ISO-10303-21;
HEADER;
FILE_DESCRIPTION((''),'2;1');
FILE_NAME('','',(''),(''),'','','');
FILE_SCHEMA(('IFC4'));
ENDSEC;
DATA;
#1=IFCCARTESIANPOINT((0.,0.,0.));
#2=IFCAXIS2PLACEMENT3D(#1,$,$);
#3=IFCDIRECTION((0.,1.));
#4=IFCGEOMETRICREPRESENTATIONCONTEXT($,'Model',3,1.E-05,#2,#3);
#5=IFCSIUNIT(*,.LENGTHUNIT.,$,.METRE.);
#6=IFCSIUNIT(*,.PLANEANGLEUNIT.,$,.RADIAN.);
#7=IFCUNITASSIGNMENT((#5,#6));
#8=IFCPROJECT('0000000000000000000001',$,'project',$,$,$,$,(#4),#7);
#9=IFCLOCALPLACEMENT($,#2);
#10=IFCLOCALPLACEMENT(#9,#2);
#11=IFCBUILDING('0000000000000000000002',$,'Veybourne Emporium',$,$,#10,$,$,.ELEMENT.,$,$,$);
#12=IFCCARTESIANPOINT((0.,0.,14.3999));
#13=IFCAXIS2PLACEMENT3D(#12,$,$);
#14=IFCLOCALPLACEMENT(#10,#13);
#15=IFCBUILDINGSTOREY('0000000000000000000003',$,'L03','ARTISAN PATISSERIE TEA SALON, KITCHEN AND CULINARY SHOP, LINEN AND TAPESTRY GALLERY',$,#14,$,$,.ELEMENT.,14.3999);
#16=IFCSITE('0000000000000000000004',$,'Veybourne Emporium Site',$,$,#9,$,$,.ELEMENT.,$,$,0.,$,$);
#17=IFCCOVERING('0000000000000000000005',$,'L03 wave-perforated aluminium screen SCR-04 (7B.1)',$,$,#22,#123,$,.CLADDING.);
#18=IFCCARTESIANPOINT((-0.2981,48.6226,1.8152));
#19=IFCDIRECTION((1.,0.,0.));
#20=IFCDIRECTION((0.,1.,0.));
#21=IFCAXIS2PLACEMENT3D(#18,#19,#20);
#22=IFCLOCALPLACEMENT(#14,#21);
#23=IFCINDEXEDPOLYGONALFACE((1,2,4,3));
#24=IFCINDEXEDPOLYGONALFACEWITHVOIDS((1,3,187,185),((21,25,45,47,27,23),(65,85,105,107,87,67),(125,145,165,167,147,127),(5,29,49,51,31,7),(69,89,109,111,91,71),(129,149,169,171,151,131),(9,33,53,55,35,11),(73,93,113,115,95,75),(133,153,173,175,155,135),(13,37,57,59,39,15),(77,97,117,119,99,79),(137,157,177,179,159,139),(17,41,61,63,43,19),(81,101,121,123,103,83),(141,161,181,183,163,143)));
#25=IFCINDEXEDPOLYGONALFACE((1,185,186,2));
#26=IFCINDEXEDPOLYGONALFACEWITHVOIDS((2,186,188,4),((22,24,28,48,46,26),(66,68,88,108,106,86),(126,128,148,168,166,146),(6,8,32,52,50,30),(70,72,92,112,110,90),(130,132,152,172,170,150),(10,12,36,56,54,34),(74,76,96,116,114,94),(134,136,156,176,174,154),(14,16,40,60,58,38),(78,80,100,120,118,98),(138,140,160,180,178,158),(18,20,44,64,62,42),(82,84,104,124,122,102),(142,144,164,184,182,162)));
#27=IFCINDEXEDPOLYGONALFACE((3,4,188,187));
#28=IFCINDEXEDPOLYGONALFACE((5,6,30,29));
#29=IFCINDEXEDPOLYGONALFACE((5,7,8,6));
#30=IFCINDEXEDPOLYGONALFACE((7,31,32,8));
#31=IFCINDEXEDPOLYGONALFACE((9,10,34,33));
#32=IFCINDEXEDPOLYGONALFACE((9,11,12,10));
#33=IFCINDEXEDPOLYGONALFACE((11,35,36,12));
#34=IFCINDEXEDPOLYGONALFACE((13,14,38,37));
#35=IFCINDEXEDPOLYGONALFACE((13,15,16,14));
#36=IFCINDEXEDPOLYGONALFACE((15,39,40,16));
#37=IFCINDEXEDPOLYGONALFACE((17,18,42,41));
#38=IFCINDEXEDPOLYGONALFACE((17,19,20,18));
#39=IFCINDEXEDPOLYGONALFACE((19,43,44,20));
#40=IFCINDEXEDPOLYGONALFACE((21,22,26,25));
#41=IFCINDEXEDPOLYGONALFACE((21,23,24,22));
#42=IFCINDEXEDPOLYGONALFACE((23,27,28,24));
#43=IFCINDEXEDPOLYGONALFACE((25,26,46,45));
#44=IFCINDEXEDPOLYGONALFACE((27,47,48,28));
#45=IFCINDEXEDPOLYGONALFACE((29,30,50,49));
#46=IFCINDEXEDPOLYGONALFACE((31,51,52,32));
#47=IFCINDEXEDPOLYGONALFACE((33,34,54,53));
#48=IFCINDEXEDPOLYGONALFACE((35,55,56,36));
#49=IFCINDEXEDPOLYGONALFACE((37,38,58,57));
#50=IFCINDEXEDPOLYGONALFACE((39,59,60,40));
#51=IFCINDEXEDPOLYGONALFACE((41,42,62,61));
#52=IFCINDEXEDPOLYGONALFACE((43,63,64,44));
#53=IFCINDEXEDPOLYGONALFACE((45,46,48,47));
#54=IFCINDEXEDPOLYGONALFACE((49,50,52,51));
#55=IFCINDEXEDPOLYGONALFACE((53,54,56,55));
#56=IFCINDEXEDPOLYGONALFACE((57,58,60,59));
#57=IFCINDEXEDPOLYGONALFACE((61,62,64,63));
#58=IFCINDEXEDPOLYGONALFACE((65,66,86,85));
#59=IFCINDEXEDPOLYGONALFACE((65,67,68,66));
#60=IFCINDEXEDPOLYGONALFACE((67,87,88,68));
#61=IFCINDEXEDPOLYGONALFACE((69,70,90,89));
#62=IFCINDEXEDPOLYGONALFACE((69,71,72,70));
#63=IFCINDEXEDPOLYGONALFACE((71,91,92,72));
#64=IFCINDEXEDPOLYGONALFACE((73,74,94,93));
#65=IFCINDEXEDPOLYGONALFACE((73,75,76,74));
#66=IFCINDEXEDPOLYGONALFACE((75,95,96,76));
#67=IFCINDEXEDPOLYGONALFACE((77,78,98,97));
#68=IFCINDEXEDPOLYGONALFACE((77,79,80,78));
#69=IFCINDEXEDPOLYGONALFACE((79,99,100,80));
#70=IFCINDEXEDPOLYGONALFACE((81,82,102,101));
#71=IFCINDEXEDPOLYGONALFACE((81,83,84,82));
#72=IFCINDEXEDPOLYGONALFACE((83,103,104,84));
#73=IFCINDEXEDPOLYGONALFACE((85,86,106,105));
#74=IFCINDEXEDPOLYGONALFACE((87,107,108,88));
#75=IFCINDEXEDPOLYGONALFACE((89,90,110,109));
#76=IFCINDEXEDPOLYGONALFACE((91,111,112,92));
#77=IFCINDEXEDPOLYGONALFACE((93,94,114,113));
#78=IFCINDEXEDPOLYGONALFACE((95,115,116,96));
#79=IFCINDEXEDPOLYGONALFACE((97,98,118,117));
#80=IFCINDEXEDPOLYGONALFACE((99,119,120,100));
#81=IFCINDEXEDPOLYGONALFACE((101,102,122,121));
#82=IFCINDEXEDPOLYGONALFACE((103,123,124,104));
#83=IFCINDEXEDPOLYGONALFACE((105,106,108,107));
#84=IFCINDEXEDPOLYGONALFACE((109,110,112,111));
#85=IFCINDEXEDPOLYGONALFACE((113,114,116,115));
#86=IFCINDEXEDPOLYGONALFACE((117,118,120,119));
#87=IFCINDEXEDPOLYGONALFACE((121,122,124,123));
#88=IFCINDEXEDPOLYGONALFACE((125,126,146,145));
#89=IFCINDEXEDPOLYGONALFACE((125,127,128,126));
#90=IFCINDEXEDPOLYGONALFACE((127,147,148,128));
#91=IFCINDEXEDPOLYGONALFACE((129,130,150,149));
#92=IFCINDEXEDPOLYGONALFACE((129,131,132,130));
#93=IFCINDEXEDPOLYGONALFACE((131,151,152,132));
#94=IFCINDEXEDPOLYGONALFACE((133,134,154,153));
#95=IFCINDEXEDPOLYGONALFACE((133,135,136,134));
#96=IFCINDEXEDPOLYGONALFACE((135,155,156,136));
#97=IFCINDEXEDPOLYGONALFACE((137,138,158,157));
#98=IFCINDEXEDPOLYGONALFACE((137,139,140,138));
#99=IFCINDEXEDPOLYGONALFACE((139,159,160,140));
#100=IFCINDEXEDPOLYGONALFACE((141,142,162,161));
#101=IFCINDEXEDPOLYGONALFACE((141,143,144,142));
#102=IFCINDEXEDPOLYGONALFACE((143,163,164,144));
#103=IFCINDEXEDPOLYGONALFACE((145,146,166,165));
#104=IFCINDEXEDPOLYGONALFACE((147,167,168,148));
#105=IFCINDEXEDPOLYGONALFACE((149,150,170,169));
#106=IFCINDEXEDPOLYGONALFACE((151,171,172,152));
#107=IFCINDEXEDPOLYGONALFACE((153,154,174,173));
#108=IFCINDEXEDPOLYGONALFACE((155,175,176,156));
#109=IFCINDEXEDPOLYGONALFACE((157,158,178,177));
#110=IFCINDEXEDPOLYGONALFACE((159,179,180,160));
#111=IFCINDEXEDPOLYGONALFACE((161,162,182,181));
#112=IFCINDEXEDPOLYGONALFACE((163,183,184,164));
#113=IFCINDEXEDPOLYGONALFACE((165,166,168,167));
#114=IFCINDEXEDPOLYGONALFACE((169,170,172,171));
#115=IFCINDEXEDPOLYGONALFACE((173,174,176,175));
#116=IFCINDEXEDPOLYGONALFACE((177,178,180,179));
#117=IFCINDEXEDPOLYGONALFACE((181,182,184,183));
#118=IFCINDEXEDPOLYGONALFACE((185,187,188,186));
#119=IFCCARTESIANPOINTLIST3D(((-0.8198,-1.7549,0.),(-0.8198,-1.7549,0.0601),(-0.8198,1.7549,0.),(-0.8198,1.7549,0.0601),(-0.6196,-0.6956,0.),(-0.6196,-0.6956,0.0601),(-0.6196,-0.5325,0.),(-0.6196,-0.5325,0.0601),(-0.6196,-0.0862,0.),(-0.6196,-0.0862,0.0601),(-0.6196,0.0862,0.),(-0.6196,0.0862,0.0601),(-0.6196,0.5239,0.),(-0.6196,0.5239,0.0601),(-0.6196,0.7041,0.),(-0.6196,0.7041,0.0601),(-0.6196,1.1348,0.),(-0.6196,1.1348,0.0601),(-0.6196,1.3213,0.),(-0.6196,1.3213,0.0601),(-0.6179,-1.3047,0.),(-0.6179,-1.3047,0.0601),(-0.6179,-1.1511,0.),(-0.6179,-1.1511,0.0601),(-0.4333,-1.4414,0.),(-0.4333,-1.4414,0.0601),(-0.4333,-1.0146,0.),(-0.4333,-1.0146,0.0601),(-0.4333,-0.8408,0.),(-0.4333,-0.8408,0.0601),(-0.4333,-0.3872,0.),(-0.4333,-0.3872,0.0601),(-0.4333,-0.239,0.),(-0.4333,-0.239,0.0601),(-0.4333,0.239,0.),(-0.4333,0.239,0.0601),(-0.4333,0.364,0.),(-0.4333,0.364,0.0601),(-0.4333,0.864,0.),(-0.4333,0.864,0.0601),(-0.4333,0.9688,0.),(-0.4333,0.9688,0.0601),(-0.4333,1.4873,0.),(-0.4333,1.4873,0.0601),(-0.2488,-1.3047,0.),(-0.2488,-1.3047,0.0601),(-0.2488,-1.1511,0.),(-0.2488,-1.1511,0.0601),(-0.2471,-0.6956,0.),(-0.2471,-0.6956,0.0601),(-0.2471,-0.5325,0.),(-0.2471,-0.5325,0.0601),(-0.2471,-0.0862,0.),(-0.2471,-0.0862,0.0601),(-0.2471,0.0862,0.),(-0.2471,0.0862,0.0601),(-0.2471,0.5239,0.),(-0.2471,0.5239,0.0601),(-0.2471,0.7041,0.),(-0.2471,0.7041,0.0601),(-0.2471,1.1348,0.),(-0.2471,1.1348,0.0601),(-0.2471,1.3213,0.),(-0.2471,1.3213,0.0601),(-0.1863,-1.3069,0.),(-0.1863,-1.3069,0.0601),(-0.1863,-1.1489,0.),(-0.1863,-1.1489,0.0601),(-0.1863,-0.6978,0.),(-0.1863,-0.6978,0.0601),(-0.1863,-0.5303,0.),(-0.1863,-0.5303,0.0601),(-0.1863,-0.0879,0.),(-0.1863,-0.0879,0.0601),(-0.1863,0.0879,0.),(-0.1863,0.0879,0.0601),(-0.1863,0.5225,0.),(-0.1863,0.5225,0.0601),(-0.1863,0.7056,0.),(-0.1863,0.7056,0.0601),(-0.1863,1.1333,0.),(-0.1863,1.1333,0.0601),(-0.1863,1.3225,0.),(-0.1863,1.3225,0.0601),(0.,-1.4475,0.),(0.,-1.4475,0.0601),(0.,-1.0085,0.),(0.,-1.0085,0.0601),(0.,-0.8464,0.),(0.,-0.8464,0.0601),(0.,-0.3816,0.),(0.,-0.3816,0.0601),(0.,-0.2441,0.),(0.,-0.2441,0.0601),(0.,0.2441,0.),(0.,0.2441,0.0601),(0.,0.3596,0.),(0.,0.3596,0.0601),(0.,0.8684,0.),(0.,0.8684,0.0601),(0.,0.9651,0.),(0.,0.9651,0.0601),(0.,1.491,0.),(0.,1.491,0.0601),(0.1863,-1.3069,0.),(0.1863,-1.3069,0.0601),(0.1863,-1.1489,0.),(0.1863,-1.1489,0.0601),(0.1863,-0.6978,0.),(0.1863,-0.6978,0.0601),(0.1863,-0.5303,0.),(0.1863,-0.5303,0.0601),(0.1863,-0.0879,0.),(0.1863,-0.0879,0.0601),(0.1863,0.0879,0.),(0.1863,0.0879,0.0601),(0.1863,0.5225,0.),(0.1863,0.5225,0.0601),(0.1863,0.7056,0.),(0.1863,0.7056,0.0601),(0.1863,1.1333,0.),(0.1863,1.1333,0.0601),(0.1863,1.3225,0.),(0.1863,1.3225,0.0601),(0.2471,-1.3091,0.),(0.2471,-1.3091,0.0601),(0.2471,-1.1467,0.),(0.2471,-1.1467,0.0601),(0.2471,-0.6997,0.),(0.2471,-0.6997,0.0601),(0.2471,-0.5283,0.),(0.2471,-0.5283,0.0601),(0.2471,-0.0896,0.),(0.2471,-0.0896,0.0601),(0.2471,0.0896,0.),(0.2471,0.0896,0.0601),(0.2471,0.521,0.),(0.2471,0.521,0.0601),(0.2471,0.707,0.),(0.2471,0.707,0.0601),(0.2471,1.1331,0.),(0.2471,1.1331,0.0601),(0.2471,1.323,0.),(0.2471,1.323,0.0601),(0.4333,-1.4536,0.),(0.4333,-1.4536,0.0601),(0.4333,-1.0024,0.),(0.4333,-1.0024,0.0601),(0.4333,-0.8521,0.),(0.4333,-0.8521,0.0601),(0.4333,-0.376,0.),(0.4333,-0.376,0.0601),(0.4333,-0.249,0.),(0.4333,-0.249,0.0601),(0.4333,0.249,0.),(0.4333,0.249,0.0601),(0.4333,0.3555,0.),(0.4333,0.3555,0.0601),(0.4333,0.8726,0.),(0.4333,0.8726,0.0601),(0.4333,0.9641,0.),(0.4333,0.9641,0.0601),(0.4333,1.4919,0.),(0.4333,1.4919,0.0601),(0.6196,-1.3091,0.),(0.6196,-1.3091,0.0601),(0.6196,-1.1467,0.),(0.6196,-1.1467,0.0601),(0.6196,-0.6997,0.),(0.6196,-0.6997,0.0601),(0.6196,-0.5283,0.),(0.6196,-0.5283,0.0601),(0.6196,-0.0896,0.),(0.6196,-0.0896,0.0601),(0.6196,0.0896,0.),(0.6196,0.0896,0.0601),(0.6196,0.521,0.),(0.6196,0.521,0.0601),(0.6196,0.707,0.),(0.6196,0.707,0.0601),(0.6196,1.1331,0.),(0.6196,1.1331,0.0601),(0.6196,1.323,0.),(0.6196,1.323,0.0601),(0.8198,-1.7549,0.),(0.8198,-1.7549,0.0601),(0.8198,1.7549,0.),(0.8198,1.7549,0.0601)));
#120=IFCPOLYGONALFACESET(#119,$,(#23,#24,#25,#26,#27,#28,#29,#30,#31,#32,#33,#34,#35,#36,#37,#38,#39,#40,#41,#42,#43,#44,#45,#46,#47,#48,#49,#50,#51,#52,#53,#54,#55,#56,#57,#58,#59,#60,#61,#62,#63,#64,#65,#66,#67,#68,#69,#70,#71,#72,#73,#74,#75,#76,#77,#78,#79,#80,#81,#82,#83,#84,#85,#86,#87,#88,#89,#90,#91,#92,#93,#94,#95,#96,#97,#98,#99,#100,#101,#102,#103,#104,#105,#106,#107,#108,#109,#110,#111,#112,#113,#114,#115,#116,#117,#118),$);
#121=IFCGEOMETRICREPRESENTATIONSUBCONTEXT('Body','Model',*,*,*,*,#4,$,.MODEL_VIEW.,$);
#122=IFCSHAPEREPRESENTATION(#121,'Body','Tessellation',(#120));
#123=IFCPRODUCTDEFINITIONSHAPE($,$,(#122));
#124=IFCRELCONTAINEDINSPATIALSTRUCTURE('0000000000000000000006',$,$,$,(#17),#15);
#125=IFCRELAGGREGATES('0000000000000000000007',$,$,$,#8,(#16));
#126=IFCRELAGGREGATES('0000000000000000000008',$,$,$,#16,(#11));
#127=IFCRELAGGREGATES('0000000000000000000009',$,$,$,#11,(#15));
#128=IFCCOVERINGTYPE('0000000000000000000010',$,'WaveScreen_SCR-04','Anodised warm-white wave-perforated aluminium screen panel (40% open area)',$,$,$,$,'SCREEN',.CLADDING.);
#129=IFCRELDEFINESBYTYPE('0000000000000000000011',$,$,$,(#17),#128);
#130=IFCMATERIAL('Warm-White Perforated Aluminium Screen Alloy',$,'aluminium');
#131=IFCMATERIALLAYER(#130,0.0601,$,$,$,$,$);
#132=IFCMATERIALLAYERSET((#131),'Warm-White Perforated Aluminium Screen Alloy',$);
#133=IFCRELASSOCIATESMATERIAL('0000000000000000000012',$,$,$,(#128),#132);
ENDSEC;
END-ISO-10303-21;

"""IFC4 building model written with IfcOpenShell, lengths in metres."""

from ifc_helpers import new_model, si_unit, direction, frame, origin, place, context, subcontext, project, spatial, polyline, outline, extrude, material, layer, layer_set, type_object, element, save


model = new_model("IFC4")

# Units and contexts
model_context = context("Model", 3, precision=1e-05, world=origin(), true_north=direction((0.0, 1.0)))
body_context = subcontext(model_context, "Body", "Model", "MODEL_VIEW")
ifc_project = project(units=[si_unit("LENGTHUNIT", "METRE"), si_unit("PLANEANGLEUNIT", "RADIAN")], contexts=[model_context])

# Site, building, storey
site_placement = place(None, origin())
site = spatial("IfcSite", under=ifc_project, at=site_placement, Name="Veybourne Emporium Site", CompositionType="ELEMENT", RefElevation=0.0)
building_placement = place(site_placement, origin())
building = spatial("IfcBuilding", under=site, at=building_placement, Name="Veybourne Emporium", CompositionType="ELEMENT")
storey_placement = place(building_placement, frame((0.0, 0.0, 14.3999)))
storey = spatial("IfcBuildingStorey", under=building, at=storey_placement, Name="L03", Description="ARTISAN PATISSERIE TEA SALON, KITCHEN AND CULINARY SHOP, LINEN AND TAPESTRY GALLERY", CompositionType="ELEMENT", Elevation=14.3999)

# Covering
ifc_material_1 = material(Name="Warm-White Perforated Aluminium Screen Alloy", Category="aluminium")
ifc_layer_1 = layer(ifc_material_1, 0.0601)
ifc_layer_set_1 = layer_set([ifc_layer_1], Name="Warm-White Perforated Aluminium Screen Alloy")
covering_type = type_object("IfcCoveringType", Name="WaveScreen_SCR-04", Description="Anodised warm-white wave-perforated aluminium screen panel (40% open area)", ElementType="SCREEN", PredefinedType="CLADDING", material=ifc_layer_set_1)
covering_1_placement = place(storey_placement, frame((-0.2981, 48.6226, 1.8152), z_axis=(1.0, 0.0, 0.0), x_axis=(0.0, 1.0, 0.0)))
element("IfcCovering", 1, at=covering_1_placement, inside=storey, type_object=covering_type, Name="L03 wave-perforated aluminium screen SCR-04 (7B.1)", PredefinedType="CLADDING", context=body_context, shape_type="SweptSolid", body=[
    extrude(outline(polyline([(-0.8198, -1.7549), (0.8198, -1.7549), (0.8198, 1.7549), (-0.8198, 1.7549), (-0.8198, -1.7549)]), holes=[polyline([(-0.4333, -1.0146), (-0.2488, -1.1511), (-0.2488, -1.3047), (-0.4333, -1.4414), (-0.6179, -1.3047), (-0.6179, -1.1511), (-0.4333, -1.0146)]), polyline([(-0.4333, -0.3872), (-0.2471, -0.5325), (-0.2471, -0.6956), (-0.4333, -0.8408), (-0.6196, -0.6956), (-0.6196, -0.5325), (-0.4333, -0.3872)]), polyline([(-0.4333, 0.239), (-0.2471, 0.0862), (-0.2471, -0.0862), (-0.4333, -0.239), (-0.6196, -0.0862), (-0.6196, 0.0862), (-0.4333, 0.239)]), polyline([(-0.4333, 0.864), (-0.2471, 0.7041), (-0.2471, 0.5239), (-0.4333, 0.364), (-0.6196, 0.5239), (-0.6196, 0.7041), (-0.4333, 0.864)]), polyline([(-0.4333, 1.4873), (-0.2471, 1.3213), (-0.2471, 1.1348), (-0.4333, 0.9688), (-0.6196, 1.1348), (-0.6196, 1.3213), (-0.4333, 1.4873)]), polyline([(0.0, -1.0085), (0.1863, -1.1489), (0.1863, -1.3069), (0.0, -1.4475), (-0.1863, -1.3069), (-0.1863, -1.1489), (0.0, -1.0085)]), polyline([(0.0, -0.3816), (0.1863, -0.5303), (0.1863, -0.6978), (0.0, -0.8464), (-0.1863, -0.6978), (-0.1863, -0.5303), (0.0, -0.3816)]), polyline([(0.0, 0.2441), (0.1863, 0.0879), (0.1863, -0.0879), (0.0, -0.2441), (-0.1863, -0.0879), (-0.1863, 0.0879), (0.0, 0.2441)]), polyline([(0.0, 0.8684), (0.1863, 0.7056), (0.1863, 0.5225), (0.0, 0.3596), (-0.1863, 0.5225), (-0.1863, 0.7056), (0.0, 0.8684)]), polyline([(0.0, 1.491), (0.1863, 1.3225), (0.1863, 1.1333), (0.0, 0.9651), (-0.1863, 1.1333), (-0.1863, 1.3225), (0.0, 1.491)]), polyline([(0.4333, -1.0024), (0.6196, -1.1467), (0.6196, -1.3091), (0.4333, -1.4536), (0.2471, -1.3091), (0.2471, -1.1467), (0.4333, -1.0024)]), polyline([(0.4333, -0.376), (0.6196, -0.5283), (0.6196, -0.6997), (0.4333, -0.8521), (0.2471, -0.6997), (0.2471, -0.5283), (0.4333, -0.376)]), polyline([(0.4333, 0.249), (0.6196, 0.0896), (0.6196, -0.0896), (0.4333, -0.249), (0.2471, -0.0896), (0.2471, 0.0896), (0.4333, 0.249)]), polyline([(0.4333, 0.8726), (0.6196, 0.707), (0.6196, 0.521), (0.4333, 0.3555), (0.2471, 0.521), (0.2471, 0.707), (0.4333, 0.8726)]), polyline([(0.4333, 1.4919), (0.6196, 1.323), (0.6196, 1.1331), (0.4333, 0.9641), (0.2471, 1.1331), (0.2471, 1.323), (0.4333, 1.4919)])]), origin(), (0.0, 0.0, 1.0), 0.0601),
])

save(model, "model.ifc")
